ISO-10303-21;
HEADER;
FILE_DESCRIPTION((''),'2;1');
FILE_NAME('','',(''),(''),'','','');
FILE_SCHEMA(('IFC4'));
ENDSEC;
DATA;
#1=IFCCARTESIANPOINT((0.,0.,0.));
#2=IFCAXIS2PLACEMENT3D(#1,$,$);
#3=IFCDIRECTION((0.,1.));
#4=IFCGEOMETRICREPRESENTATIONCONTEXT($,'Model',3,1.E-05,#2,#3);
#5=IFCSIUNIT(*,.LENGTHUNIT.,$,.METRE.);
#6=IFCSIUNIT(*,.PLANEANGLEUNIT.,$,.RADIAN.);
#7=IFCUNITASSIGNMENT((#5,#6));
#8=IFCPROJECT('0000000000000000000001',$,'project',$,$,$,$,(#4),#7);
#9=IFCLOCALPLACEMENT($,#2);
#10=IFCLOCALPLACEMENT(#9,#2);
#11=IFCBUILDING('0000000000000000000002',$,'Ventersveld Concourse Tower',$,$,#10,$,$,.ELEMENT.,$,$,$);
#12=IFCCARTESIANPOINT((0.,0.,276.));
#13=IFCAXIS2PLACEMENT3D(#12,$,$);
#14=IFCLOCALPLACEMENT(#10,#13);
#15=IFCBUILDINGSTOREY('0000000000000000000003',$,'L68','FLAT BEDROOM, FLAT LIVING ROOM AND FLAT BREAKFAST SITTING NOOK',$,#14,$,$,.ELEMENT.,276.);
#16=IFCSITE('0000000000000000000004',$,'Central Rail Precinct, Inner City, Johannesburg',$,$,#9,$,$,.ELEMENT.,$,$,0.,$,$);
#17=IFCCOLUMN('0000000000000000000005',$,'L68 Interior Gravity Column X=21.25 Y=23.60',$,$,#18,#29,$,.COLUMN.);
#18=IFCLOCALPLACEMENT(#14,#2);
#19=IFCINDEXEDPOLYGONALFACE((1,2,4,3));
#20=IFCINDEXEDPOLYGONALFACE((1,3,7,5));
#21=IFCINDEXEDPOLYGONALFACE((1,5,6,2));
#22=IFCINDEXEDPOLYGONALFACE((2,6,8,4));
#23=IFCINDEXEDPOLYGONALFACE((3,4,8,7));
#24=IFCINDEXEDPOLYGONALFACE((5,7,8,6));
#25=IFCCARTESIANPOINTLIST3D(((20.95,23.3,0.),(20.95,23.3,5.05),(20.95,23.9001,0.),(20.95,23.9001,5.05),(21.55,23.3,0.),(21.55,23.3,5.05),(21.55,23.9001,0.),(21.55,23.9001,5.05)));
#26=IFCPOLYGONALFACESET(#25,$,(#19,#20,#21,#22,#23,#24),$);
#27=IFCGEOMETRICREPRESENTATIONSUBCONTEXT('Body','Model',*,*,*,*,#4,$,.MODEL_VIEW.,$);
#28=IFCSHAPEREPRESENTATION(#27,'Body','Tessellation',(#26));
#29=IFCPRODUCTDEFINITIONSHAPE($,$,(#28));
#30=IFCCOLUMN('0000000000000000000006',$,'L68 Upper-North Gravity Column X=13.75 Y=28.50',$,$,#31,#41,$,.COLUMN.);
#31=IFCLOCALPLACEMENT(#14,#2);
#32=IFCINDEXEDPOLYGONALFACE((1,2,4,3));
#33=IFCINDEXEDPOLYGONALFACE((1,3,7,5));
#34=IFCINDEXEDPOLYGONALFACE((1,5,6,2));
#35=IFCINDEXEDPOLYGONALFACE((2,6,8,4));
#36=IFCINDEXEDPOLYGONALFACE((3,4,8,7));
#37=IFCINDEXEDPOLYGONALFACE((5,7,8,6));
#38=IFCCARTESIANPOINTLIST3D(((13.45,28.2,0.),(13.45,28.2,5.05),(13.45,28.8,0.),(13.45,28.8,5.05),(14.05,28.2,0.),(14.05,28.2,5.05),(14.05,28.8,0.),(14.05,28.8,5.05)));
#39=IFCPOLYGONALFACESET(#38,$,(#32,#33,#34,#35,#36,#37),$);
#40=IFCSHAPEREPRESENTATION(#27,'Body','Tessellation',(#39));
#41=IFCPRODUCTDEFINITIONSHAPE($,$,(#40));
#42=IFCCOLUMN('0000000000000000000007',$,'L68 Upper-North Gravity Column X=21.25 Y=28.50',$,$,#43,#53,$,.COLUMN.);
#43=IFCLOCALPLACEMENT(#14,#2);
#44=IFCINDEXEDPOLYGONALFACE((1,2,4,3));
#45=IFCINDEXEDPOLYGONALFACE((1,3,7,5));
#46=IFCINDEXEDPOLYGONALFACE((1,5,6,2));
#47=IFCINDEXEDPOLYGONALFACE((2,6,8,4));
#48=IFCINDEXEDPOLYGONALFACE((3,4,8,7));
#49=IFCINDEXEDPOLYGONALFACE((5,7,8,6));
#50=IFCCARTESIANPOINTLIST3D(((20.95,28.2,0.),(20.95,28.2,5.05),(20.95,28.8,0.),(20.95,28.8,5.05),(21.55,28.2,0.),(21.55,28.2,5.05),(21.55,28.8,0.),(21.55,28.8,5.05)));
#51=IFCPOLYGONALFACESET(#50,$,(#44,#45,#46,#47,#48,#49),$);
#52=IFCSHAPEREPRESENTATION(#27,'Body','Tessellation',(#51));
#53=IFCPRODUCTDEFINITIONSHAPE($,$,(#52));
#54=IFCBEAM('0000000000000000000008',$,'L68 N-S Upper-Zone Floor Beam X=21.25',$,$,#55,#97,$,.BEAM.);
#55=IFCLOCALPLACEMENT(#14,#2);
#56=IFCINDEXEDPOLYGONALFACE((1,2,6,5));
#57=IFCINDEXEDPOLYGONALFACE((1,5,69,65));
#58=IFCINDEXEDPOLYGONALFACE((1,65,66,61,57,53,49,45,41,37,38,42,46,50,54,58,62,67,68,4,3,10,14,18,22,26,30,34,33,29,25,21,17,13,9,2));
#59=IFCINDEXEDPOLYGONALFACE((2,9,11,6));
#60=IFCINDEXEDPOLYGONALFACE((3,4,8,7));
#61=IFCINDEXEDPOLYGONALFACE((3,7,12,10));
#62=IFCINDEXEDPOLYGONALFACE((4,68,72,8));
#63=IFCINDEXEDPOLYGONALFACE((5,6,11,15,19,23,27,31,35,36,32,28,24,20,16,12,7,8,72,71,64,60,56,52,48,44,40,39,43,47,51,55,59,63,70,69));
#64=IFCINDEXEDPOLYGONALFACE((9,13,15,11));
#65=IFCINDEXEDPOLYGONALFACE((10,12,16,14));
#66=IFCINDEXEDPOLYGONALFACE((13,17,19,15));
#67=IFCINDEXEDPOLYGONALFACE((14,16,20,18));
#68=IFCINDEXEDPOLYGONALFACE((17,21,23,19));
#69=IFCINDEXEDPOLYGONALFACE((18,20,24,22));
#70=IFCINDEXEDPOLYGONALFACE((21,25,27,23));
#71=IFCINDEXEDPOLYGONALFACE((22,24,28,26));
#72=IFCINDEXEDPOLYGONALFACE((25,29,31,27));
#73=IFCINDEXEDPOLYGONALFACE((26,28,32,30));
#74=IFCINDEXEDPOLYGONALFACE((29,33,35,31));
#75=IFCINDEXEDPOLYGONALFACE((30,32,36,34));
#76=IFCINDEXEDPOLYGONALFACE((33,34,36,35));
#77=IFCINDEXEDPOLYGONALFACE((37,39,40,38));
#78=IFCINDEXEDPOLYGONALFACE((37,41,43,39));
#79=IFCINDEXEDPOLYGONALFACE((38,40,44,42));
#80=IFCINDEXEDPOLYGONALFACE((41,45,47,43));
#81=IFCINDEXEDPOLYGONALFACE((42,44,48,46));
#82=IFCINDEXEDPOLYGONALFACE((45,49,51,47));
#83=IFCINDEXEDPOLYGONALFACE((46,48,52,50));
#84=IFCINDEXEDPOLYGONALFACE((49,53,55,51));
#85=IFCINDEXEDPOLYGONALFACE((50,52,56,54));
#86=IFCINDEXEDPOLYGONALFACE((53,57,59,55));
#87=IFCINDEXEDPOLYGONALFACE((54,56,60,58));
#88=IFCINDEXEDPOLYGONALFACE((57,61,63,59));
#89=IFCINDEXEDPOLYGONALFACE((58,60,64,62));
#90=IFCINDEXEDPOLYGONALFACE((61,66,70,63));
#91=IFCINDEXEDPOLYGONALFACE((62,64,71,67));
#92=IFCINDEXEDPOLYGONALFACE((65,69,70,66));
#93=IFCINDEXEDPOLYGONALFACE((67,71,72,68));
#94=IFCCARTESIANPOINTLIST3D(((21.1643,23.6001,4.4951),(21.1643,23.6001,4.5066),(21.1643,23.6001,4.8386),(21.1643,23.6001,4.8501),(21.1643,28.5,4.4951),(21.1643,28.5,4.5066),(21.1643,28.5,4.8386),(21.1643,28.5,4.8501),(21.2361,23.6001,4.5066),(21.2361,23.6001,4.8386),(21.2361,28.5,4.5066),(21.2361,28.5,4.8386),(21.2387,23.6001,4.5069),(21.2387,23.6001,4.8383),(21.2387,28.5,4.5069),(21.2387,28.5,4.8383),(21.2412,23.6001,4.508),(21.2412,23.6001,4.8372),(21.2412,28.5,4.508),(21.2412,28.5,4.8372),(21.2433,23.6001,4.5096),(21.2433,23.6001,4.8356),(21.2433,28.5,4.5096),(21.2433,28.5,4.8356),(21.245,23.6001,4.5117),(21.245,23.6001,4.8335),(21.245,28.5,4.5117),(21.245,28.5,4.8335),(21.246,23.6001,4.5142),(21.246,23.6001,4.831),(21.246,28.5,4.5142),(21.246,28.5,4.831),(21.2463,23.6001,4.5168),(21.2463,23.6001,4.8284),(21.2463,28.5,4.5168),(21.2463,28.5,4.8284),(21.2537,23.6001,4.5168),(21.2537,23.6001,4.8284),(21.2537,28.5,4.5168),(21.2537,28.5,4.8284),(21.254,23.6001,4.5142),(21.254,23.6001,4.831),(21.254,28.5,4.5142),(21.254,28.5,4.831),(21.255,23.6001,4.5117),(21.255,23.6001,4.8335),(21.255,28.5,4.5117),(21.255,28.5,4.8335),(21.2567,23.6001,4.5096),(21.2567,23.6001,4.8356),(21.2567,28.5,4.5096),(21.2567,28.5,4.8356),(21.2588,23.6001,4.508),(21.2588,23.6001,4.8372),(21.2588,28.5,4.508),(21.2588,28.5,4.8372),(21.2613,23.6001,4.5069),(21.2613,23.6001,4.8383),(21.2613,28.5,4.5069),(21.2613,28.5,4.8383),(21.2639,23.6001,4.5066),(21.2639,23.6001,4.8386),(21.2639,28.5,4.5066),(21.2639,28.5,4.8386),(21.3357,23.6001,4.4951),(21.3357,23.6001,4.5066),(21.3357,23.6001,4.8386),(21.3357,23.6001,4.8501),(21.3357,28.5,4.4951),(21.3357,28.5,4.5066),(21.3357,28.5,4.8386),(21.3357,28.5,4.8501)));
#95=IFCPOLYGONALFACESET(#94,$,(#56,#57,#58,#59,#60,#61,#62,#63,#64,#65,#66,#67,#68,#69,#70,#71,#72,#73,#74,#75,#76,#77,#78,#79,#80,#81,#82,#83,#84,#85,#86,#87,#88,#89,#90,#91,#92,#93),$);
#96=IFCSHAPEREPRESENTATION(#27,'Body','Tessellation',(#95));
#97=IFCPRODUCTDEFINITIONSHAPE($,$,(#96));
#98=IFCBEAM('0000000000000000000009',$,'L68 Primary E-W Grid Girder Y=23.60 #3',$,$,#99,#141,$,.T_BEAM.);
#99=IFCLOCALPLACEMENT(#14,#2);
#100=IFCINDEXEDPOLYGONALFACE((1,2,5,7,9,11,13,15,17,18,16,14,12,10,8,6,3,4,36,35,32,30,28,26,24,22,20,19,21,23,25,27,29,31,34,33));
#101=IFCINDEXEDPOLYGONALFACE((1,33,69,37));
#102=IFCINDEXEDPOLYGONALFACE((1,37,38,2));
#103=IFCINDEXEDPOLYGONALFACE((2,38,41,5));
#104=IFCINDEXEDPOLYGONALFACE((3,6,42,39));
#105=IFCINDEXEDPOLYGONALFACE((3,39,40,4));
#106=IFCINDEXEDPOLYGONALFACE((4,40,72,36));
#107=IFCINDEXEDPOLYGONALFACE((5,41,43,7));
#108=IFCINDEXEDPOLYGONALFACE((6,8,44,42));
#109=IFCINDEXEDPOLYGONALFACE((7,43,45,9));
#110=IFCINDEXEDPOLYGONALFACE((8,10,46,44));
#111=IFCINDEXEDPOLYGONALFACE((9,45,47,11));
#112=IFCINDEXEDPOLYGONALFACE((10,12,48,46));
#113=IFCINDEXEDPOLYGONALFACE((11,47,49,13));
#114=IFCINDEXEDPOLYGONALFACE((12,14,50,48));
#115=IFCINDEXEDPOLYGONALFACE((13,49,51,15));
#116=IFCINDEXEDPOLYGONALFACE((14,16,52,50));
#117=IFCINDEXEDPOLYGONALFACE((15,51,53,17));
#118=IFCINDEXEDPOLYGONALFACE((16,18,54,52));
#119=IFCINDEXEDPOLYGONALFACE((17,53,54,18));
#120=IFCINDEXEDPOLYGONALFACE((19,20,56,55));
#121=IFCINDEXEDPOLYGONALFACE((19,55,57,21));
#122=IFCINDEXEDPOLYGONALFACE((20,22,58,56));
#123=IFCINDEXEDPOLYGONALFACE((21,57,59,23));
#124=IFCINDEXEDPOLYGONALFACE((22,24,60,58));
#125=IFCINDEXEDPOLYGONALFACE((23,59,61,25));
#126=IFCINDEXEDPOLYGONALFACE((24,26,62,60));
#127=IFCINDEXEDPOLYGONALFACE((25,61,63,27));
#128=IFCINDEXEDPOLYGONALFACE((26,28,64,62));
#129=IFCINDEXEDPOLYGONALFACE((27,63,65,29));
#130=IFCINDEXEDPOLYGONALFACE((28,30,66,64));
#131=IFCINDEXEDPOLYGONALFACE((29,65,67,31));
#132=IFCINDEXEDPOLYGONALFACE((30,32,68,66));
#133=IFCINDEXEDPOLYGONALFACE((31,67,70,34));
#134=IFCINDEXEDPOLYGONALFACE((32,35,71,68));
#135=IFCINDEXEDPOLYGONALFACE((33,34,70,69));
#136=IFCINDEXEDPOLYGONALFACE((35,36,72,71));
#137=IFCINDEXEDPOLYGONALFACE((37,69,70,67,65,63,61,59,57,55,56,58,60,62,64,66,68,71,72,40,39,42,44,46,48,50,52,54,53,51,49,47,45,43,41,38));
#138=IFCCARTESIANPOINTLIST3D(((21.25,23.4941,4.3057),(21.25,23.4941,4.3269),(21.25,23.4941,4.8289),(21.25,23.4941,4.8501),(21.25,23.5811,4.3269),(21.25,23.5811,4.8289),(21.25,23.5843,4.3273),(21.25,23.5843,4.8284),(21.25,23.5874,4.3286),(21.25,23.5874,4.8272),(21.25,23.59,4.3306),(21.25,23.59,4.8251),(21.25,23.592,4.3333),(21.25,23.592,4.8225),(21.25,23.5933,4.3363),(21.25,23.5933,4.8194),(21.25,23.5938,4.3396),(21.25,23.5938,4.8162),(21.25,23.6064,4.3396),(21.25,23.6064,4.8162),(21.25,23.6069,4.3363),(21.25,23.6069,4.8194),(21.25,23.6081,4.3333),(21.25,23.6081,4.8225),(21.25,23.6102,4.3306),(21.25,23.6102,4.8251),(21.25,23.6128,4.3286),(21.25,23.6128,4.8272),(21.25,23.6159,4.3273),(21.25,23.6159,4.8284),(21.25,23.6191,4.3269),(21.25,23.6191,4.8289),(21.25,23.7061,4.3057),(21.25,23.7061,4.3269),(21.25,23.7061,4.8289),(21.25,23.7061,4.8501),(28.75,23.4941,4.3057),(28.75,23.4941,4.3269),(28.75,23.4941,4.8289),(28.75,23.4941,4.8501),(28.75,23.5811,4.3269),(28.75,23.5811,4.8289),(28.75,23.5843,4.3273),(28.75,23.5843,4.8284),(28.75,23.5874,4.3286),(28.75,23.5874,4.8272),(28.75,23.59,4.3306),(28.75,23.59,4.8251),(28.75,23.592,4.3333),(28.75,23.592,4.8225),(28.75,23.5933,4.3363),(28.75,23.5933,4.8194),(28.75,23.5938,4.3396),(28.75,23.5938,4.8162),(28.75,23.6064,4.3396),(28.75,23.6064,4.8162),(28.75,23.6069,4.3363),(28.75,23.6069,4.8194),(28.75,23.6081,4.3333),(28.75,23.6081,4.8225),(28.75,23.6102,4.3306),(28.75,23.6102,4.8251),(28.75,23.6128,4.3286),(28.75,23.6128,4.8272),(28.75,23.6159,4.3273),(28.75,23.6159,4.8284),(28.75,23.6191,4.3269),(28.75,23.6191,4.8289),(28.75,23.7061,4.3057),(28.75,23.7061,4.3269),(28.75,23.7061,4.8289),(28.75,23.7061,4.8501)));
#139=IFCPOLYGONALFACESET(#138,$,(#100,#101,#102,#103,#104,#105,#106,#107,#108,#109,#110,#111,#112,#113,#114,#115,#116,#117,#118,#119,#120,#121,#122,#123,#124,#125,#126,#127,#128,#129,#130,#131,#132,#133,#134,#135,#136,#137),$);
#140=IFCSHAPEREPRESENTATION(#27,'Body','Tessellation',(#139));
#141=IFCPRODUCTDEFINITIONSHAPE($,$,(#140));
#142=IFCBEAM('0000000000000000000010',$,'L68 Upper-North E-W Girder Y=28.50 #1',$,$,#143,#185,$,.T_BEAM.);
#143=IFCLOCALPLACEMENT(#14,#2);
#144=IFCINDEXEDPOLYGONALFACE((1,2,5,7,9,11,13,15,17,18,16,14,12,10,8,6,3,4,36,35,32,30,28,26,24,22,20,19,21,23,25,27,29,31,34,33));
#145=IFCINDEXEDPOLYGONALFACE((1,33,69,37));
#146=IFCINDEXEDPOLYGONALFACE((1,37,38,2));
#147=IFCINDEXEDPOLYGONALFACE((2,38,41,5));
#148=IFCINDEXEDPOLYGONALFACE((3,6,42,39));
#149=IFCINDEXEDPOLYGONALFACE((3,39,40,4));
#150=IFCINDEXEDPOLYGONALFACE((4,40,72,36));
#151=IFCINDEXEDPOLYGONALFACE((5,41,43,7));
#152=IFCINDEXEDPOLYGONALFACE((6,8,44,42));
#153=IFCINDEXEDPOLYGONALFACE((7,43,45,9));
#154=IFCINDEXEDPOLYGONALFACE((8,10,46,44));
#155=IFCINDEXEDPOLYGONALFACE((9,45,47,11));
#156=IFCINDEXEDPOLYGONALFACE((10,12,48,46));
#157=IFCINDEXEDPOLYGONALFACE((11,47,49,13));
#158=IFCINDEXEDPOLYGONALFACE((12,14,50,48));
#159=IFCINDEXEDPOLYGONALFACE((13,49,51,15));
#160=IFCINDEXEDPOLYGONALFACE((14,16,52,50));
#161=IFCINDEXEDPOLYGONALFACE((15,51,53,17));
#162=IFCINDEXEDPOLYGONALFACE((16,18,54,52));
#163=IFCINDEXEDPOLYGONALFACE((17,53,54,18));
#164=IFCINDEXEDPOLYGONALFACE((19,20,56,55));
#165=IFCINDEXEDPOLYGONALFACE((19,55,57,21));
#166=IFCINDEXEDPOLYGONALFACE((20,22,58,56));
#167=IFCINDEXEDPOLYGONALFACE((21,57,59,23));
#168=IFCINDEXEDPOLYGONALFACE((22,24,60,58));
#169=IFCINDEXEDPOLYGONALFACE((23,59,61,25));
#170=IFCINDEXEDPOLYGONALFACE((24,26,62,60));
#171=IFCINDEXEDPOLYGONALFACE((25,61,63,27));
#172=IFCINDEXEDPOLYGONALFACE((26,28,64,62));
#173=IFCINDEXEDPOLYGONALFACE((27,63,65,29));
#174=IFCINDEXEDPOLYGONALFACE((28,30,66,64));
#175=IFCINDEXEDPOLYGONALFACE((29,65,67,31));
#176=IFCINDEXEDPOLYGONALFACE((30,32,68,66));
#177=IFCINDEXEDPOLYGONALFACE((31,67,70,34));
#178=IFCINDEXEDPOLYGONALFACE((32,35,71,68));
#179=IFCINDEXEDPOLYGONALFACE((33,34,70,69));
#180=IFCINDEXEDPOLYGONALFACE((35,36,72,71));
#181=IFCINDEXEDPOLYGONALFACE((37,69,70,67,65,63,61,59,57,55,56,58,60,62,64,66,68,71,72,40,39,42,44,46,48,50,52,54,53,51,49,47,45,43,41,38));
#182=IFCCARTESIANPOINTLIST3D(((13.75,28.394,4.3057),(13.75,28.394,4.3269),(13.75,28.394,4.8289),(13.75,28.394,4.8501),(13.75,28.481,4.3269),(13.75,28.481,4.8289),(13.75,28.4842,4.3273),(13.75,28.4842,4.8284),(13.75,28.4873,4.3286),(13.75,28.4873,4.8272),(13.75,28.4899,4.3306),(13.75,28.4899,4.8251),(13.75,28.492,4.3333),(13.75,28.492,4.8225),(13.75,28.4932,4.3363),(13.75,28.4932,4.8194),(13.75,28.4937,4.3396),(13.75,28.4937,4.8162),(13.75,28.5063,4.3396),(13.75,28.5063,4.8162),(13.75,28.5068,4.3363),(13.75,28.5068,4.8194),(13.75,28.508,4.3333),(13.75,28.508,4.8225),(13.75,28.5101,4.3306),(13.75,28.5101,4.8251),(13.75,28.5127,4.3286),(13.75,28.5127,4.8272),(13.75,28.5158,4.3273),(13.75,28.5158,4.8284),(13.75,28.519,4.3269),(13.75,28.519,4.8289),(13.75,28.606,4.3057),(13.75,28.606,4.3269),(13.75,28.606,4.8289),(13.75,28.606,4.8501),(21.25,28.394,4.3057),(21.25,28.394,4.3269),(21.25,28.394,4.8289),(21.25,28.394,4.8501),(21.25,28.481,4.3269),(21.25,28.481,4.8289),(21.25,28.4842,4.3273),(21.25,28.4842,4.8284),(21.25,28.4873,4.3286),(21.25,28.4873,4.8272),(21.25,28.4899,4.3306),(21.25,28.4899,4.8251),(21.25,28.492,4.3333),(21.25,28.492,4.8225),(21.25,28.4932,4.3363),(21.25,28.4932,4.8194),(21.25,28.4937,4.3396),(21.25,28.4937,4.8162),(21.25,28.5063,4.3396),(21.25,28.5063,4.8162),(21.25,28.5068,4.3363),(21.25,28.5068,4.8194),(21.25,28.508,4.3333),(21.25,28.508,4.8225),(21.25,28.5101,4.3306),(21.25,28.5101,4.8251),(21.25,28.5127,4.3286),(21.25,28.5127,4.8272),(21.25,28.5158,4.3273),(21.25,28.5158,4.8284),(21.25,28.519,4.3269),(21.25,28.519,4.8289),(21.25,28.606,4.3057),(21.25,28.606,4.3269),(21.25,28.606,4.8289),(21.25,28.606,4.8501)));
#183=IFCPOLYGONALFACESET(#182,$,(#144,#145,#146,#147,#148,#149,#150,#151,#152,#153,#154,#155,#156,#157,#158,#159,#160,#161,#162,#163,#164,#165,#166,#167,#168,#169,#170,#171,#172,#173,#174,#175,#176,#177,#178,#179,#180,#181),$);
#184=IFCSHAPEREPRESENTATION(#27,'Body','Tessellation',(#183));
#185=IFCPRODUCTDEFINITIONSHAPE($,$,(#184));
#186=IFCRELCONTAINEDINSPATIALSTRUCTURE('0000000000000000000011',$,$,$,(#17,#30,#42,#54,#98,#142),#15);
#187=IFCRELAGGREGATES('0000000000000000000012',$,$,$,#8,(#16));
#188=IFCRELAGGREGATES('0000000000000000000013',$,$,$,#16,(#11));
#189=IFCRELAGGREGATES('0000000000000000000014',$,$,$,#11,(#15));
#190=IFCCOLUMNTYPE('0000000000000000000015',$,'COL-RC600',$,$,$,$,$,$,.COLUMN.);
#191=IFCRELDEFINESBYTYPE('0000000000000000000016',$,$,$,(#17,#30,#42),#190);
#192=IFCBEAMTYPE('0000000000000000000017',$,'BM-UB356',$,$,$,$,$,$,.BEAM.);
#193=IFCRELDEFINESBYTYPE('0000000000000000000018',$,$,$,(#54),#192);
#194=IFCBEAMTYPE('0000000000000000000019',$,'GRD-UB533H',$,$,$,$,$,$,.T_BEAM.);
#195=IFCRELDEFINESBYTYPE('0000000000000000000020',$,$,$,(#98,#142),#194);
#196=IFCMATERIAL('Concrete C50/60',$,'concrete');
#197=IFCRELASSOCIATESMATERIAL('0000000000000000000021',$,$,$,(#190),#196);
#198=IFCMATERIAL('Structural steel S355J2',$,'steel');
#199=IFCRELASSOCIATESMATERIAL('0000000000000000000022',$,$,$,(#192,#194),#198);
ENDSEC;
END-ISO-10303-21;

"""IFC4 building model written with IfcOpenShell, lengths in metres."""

from ifc_helpers import new_model, si_unit, direction, frame, origin, origin_2d, place, context, subcontext, project, spatial, rectangle, i_section, extrude, material, material_profile, profile_set, type_object, element, save


model = new_model("IFC4")

# Units and contexts
model_context = context("Model", 3, precision=1e-05, world=origin(), true_north=direction((0.0, 1.0)))
body_context = subcontext(model_context, "Body", "Model", "MODEL_VIEW")
ifc_project = project(units=[si_unit("LENGTHUNIT", "METRE"), si_unit("PLANEANGLEUNIT", "RADIAN")], contexts=[model_context])

# Site, building, storey
site_placement = place(None, origin())
site = spatial("IfcSite", under=ifc_project, at=site_placement, Name="Central Rail Precinct, Inner City, Johannesburg", CompositionType="ELEMENT", RefElevation=0.0)
building_placement = place(site_placement, origin())
building = spatial("IfcBuilding", under=site, at=building_placement, Name="Ventersveld Concourse Tower", CompositionType="ELEMENT")
storey_placement = place(building_placement, frame((0.0, 0.0, 276.0)))
storey = spatial("IfcBuildingStorey", under=building, at=storey_placement, Name="L68", Description="FLAT BEDROOM, FLAT LIVING ROOM AND FLAT BREAKFAST SITTING NOOK", CompositionType="ELEMENT", Elevation=276.0)

# Columns
ifc_material_1 = material(Name="Concrete C50/60", Category="concrete")
ifc_material_profile_1 = material_profile(ifc_material_1, rectangle(XDim=0.6001, YDim=0.6001, at=origin_2d()), Name="RC 600x600")
ifc_profile_set_1 = profile_set([ifc_material_profile_1], Name="Concrete C50/60")
column_type = type_object("IfcColumnType", Name="COL-RC600", PredefinedType="COLUMN", material=ifc_profile_set_1)
for number, where, z_axis, x_axis, name in (
    (1, (21.25, 23.6001, 0.0), (0.0, 0.0, 1.0), (1.0, 0.0, 0.0), "L68 Interior Gravity Column X=21.25 Y=23.60"),
    (2, (13.75, 28.5, 0.0), (0.0, 0.0, 1.0), (1.0, 0.0, 0.0), "L68 Upper-North Gravity Column X=13.75 Y=28.50"),
    (3, (21.25, 28.5, 0.0), (0.0, 0.0, 1.0), (1.0, 0.0, 0.0), "L68 Upper-North Gravity Column X=21.25 Y=28.50"),
):
    element("IfcColumn", number, at=place(storey_placement, frame(where, z_axis=z_axis, x_axis=x_axis)), inside=storey, type_object=column_type, Name=name, PredefinedType="COLUMN", context=body_context, shape_type="SweptSolid", body=[
        extrude(rectangle(XDim=0.6001, YDim=0.6001, at=origin_2d()), origin(), (0.0, 0.0, 1.0), 5.05),
    ])

# Beams
ifc_material_2 = material(Name="Structural steel S355J2", Category="steel")
ifc_material_profile_2 = material_profile(ifc_material_2, i_section(OverallWidth=0.1714, OverallDepth=0.355, WebThickness=0.0073, FlangeThickness=0.0115, FilletRadius=0.0103, at=origin_2d()), Name="UB 356x171x51")
ifc_profile_set_2 = profile_set([ifc_material_profile_2], Name="Structural steel S355J2")
beam_type_1 = type_object("IfcBeamType", Name="BM-UB356", PredefinedType="BEAM", material=ifc_profile_set_2)
beam_placement = place(storey_placement, frame((21.25, 23.6001, 4.6726), z_axis=(0.0, 1.0, 0.0), x_axis=(-1.0, 0.0, 0.0)))
element("IfcBeam", 4, at=beam_placement, inside=storey, type_object=beam_type_1, Name="L68 N-S Upper-Zone Floor Beam X=21.25", PredefinedType="BEAM", context=body_context, shape_type="SweptSolid", body=[
    extrude(i_section(OverallWidth=0.1714, OverallDepth=0.355, WebThickness=0.0073, FlangeThickness=0.0115, FilletRadius=0.0103, at=origin_2d()), origin(), (0.0, 0.0, 1.0), 4.8999),
])
ifc_material_profile_3 = material_profile(ifc_material_2, i_section(OverallWidth=0.2119, OverallDepth=0.5444, WebThickness=0.0127, FlangeThickness=0.0212, FilletRadius=0.0127, at=origin_2d()), Name="UB 533x210x122")
ifc_profile_set_3 = profile_set([ifc_material_profile_3], Name="Structural steel S355J2")
beam_type_2 = type_object("IfcBeamType", Name="GRD-UB533H", PredefinedType="T_BEAM", material=ifc_profile_set_3)
for number, where, z_axis, x_axis, name in (
    (5, (21.25, 23.6001, 4.5779), (1.0, 0.0, 0.0), (0.0, 1.0, 0.0), "L68 Primary E-W Grid Girder Y=23.60 #3"),
    (6, (13.75, 28.5, 4.5779), (1.0, 0.0, 0.0), (0.0, 1.0, 0.0), "L68 Upper-North E-W Girder Y=28.50 #1"),
):
    element("IfcBeam", number, at=place(storey_placement, frame(where, z_axis=z_axis, x_axis=x_axis)), inside=storey, type_object=beam_type_2, Name=name, PredefinedType="T_BEAM", context=body_context, shape_type="SweptSolid", body=[
        extrude(i_section(OverallWidth=0.2119, OverallDepth=0.5444, WebThickness=0.0127, FlangeThickness=0.0212, FilletRadius=0.0127, at=origin_2d()), origin(), (0.0, 0.0, 1.0), 7.5),
    ])

save(model, "model.ifc")
